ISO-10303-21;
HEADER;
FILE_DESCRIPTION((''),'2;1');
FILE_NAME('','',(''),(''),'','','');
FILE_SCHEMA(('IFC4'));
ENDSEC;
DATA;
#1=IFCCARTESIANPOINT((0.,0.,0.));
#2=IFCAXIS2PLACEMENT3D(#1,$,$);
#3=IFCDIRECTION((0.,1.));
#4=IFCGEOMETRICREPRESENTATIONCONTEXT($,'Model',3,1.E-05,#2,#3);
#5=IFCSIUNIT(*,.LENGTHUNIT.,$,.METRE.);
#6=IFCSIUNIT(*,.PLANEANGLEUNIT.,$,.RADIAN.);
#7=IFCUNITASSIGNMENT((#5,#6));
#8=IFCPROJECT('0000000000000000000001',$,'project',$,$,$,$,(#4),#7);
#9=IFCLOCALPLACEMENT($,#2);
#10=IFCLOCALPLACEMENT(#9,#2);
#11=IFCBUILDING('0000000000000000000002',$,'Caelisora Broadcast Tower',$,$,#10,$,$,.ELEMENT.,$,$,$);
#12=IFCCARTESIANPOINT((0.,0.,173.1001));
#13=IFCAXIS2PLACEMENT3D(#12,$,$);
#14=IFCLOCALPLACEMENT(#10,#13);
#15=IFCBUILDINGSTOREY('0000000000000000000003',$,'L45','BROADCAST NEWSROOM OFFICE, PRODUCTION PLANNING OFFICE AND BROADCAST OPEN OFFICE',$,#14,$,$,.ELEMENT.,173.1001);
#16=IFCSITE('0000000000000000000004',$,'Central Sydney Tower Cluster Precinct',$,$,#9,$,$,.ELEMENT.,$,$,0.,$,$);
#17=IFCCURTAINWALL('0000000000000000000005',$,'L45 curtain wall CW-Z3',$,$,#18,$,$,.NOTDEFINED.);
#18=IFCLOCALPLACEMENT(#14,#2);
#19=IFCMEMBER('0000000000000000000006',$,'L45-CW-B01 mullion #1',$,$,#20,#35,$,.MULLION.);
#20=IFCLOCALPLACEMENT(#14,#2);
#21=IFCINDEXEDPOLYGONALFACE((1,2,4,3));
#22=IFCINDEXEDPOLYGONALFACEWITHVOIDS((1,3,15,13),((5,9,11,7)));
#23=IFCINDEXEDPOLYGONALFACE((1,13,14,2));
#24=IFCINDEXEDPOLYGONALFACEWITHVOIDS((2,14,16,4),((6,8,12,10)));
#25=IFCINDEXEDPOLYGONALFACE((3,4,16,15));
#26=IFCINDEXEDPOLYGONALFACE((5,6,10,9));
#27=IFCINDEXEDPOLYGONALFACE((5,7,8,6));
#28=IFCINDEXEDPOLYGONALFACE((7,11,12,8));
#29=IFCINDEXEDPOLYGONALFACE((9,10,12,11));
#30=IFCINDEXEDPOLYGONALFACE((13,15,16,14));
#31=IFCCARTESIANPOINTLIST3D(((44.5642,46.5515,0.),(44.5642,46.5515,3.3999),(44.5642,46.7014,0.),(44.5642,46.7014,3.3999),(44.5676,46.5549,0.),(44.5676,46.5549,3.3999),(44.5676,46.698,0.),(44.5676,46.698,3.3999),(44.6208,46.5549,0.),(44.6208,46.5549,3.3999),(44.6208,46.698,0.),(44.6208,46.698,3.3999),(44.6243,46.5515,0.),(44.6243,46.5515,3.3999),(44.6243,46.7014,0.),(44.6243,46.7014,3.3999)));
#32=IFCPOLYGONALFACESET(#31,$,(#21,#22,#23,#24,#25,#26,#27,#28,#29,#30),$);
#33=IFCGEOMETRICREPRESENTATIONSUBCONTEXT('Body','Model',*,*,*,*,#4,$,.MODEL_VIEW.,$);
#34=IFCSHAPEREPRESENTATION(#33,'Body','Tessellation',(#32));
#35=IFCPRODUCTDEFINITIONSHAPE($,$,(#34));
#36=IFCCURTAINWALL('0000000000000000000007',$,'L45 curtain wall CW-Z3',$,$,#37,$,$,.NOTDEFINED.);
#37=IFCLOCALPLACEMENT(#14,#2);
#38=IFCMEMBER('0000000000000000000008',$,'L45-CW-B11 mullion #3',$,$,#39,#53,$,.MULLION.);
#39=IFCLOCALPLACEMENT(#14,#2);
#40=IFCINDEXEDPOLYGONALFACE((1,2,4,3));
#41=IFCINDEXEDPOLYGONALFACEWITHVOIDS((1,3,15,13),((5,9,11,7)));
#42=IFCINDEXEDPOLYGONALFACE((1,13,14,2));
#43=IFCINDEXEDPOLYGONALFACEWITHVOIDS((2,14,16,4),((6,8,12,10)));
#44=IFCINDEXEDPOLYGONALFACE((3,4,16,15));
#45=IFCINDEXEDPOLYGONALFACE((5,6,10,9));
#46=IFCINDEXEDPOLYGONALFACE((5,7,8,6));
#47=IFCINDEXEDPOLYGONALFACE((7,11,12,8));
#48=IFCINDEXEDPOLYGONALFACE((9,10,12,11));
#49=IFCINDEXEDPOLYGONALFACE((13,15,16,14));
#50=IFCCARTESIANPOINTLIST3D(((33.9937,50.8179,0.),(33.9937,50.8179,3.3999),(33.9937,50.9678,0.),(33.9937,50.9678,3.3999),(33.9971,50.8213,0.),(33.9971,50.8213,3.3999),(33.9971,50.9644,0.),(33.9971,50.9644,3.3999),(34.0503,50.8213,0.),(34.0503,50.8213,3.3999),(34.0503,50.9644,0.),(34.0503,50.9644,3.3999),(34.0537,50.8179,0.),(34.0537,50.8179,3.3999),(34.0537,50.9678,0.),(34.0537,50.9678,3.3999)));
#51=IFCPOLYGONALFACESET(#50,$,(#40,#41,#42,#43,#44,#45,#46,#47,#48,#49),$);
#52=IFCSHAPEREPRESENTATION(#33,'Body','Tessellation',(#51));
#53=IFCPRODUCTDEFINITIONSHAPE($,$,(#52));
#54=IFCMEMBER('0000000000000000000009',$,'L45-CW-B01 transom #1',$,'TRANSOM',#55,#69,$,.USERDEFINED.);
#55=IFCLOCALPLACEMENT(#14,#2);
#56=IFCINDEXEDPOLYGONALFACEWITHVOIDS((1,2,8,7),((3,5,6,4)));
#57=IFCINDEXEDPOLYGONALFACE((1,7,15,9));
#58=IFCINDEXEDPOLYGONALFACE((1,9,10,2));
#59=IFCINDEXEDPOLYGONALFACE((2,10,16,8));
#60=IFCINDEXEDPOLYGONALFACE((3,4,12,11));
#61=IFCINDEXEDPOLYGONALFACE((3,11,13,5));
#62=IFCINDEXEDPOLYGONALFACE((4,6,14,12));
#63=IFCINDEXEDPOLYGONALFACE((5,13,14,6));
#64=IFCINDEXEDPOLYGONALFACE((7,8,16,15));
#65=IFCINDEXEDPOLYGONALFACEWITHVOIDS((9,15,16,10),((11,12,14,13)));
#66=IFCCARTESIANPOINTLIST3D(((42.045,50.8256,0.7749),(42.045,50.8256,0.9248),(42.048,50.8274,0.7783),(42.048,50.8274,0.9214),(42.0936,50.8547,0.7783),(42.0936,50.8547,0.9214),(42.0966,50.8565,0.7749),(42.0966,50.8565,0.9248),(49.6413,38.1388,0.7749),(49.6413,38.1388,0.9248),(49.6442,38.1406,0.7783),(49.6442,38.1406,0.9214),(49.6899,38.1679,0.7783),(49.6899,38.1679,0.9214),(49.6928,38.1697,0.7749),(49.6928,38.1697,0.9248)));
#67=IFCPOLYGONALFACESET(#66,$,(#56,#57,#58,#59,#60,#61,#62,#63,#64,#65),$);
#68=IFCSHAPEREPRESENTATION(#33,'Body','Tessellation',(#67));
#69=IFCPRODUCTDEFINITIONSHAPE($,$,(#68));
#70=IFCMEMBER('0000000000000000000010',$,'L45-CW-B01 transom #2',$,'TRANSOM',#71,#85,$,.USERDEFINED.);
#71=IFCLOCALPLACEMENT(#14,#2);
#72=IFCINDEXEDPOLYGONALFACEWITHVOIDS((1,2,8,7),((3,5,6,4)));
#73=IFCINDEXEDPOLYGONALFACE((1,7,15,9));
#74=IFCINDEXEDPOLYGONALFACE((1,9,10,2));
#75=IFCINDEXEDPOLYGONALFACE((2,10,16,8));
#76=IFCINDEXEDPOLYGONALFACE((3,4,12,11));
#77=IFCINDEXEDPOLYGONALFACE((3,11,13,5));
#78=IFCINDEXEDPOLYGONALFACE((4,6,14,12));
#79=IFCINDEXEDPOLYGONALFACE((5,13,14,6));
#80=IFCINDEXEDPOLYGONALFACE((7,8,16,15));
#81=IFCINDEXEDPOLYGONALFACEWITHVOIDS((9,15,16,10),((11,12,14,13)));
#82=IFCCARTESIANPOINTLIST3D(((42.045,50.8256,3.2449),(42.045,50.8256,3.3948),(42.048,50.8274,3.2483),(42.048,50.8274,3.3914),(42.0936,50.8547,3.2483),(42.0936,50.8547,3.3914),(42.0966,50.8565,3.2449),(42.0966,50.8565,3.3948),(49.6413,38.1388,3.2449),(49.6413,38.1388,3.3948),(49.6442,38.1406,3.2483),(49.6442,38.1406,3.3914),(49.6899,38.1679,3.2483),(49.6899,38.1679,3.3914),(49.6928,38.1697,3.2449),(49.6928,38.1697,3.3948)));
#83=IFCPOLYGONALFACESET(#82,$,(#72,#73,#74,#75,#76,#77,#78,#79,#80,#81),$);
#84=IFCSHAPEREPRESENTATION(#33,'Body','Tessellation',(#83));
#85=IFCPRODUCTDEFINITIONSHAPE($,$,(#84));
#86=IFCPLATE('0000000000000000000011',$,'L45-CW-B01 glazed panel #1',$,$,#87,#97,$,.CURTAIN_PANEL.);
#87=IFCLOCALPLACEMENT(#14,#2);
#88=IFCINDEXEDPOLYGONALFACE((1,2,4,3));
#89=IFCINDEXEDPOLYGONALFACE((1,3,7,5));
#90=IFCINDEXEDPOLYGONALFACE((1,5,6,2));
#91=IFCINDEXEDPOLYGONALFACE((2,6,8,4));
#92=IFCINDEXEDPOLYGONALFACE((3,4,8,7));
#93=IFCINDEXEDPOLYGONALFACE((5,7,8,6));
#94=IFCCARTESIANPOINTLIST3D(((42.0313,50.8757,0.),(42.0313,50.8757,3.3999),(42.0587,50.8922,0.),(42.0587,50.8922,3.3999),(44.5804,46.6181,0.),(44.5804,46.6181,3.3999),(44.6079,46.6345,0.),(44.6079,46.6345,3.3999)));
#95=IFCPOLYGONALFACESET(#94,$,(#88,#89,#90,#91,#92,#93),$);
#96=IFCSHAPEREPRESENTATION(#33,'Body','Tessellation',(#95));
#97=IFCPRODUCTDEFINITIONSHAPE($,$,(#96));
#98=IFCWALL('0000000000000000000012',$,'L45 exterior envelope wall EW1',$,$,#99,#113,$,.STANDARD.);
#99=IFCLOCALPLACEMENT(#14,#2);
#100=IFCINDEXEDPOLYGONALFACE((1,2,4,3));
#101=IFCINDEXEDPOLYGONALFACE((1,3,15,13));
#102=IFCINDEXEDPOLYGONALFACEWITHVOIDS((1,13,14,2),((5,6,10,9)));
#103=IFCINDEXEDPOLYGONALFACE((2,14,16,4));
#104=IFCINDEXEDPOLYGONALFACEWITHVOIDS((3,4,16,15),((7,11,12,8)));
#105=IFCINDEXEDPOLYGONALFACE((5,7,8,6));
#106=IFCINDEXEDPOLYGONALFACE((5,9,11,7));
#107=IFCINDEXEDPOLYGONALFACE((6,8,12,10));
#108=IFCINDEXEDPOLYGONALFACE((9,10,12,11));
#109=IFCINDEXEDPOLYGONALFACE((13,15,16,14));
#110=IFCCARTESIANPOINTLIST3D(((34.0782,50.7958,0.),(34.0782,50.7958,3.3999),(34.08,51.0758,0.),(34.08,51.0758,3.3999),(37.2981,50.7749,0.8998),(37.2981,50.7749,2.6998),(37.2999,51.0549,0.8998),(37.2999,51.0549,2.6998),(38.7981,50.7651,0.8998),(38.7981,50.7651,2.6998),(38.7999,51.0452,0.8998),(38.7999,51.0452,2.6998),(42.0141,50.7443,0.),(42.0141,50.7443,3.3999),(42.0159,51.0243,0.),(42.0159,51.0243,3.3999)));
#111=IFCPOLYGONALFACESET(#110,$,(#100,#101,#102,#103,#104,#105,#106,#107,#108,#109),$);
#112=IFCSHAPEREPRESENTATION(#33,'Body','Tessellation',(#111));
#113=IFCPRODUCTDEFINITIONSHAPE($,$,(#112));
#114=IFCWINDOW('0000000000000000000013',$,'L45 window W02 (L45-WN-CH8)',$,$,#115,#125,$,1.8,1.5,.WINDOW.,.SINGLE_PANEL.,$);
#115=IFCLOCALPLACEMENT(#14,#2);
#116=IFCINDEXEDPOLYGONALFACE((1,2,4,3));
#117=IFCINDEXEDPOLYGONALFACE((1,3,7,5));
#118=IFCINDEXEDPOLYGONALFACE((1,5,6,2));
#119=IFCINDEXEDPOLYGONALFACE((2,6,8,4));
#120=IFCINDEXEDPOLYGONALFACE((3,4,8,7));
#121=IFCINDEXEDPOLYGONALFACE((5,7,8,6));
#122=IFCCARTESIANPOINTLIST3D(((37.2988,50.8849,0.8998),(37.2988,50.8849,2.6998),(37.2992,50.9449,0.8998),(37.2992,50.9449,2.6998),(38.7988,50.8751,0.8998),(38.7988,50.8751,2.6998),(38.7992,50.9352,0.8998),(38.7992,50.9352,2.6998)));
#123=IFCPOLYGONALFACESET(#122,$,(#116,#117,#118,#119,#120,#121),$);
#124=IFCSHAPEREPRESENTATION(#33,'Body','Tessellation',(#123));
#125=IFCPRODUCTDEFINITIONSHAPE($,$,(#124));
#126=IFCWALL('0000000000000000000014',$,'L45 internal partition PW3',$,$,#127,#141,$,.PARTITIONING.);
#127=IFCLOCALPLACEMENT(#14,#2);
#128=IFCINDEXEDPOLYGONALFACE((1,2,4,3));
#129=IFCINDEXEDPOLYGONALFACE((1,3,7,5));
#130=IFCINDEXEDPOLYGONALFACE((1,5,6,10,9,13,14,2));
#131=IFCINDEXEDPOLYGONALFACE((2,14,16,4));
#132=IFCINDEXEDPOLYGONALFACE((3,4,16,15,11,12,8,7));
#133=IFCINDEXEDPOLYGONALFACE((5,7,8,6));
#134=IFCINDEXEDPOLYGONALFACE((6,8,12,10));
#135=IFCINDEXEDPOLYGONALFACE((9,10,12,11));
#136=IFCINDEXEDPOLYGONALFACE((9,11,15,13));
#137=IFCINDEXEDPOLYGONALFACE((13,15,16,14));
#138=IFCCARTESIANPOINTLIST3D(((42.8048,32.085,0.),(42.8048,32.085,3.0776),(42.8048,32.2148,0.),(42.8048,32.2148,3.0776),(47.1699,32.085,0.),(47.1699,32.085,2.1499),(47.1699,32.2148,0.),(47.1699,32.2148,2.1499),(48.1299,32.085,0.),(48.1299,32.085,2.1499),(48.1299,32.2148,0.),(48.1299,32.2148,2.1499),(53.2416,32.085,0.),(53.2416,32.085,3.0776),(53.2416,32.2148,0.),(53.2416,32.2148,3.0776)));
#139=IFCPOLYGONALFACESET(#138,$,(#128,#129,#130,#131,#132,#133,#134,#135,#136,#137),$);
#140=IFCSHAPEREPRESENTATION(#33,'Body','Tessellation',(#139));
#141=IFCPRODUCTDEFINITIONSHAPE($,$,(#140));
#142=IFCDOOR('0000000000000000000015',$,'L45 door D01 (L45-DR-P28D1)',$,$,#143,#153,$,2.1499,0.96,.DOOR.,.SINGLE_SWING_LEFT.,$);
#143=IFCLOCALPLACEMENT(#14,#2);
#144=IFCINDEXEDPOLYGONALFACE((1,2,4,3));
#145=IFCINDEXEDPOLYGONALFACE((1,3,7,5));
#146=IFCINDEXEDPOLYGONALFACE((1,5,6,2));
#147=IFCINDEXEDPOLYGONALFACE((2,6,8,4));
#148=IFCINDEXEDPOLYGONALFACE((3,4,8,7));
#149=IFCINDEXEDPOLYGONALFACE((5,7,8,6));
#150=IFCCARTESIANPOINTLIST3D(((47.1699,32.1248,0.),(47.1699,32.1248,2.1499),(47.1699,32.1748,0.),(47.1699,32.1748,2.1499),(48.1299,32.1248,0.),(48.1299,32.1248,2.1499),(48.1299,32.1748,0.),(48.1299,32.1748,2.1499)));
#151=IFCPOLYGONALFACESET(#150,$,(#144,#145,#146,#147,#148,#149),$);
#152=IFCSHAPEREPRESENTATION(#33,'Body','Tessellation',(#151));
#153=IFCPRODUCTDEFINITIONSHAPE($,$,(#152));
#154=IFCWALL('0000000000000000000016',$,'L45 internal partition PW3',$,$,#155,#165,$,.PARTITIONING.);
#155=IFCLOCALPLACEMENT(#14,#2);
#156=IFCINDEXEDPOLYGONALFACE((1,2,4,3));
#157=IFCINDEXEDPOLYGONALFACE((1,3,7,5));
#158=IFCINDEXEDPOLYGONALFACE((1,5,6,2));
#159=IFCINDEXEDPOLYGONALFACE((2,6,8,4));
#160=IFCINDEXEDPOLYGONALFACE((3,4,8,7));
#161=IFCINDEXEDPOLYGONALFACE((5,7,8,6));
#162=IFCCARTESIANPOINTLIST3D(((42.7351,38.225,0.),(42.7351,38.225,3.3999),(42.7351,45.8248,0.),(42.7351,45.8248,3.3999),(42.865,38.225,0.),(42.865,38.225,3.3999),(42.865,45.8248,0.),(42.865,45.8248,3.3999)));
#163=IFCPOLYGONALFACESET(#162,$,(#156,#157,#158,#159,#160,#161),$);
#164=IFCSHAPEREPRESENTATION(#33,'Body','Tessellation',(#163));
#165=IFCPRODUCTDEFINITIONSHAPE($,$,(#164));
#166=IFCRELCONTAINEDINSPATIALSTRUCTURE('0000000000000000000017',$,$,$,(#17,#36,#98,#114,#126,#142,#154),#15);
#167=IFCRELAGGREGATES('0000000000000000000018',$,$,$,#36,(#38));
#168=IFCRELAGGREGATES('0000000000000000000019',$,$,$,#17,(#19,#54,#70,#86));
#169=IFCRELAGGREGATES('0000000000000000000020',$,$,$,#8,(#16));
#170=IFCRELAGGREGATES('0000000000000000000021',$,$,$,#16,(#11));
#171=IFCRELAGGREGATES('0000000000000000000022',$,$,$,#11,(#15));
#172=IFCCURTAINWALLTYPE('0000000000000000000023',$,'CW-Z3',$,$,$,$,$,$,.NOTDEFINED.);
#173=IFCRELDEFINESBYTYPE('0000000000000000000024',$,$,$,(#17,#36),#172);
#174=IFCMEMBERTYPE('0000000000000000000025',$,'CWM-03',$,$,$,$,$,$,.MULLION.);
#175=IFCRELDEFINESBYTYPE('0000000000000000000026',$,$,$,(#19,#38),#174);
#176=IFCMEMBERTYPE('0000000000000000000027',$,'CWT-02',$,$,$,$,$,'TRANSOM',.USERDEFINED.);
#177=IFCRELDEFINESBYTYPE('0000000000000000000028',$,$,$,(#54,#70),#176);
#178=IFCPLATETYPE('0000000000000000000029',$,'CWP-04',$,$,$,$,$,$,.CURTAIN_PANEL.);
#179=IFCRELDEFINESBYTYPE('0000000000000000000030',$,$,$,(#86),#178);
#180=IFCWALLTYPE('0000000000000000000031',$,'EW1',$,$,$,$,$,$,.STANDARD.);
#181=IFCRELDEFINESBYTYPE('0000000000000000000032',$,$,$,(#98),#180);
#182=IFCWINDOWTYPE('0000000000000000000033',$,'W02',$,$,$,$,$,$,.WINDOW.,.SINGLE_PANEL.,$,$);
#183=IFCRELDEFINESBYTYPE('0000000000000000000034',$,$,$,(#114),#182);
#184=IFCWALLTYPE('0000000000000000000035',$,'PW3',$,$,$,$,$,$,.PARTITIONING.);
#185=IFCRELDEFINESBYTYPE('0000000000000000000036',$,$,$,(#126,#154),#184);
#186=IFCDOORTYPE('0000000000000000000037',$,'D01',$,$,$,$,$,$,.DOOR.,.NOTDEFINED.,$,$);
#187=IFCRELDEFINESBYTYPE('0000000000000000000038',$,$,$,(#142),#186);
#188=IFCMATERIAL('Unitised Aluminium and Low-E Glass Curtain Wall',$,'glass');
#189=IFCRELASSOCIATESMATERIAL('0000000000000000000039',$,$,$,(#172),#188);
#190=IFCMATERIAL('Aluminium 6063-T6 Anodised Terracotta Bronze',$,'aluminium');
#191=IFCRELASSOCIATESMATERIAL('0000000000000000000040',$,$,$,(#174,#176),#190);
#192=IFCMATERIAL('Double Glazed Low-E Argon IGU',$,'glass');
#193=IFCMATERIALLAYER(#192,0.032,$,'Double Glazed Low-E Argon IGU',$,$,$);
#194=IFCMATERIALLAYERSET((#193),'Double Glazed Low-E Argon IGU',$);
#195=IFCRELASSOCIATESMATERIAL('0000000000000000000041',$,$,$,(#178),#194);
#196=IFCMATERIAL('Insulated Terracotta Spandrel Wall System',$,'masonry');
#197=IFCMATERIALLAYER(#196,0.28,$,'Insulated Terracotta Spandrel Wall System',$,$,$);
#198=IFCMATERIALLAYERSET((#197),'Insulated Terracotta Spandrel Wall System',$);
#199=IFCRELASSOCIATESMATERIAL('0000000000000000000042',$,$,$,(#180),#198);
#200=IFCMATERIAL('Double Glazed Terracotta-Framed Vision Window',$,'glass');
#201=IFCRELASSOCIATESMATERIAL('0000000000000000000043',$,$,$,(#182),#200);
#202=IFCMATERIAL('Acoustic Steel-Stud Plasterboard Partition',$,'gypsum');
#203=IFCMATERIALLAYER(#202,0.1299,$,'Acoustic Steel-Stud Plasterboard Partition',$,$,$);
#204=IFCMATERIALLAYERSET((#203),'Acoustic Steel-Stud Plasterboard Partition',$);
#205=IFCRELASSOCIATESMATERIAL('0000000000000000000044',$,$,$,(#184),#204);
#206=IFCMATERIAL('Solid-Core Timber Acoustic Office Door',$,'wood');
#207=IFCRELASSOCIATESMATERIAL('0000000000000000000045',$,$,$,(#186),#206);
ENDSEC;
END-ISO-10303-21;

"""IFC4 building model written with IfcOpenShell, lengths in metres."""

from ifc_helpers import new_model, si_unit, direction, frame, frame_2d, origin, origin_2d, place, context, subcontext, project, spatial, rectangle, hollow_rectangle, extrude, source, transform, mapped, material, layer, layer_set, material_profile, profile_set, type_object, type_shapes, element, fill, aggregate, save


model = new_model("IFC4")

# Units and contexts
model_context = context("Model", 3, precision=1e-05, world=origin(), true_north=direction((0.0, 1.0)))
body_context = subcontext(model_context, "Body", "Model", "MODEL_VIEW")
ifc_project = project(units=[si_unit("LENGTHUNIT", "METRE"), si_unit("PLANEANGLEUNIT", "RADIAN")], contexts=[model_context])

# Site, building, storey
site_placement = place(None, origin())
site = spatial("IfcSite", under=ifc_project, at=site_placement, Name="Central Sydney Tower Cluster Precinct", CompositionType="ELEMENT", RefElevation=0.0)
building_placement = place(site_placement, origin())
building = spatial("IfcBuilding", under=site, at=building_placement, Name="Caelisora Broadcast Tower", CompositionType="ELEMENT")
storey_placement = place(building_placement, frame((0.0, 0.0, 173.1001)))
storey = spatial("IfcBuildingStorey", under=building, at=storey_placement, Name="L45", Description="BROADCAST NEWSROOM OFFICE, PRODUCTION PLANNING OFFICE AND BROADCAST OPEN OFFICE", CompositionType="ELEMENT", Elevation=173.1001)

# Curtain wall, member
ifc_material_1 = material(Name="Unitised Aluminium and Low-E Glass Curtain Wall", Category="glass")
curtain_wall_type = type_object("IfcCurtainWallType", Name="CW-Z3", PredefinedType="NOTDEFINED", material=ifc_material_1)
curtain_wall_1_placement = place(storey_placement, origin())
curtain_wall_1 = element("IfcCurtainWall", 1, at=curtain_wall_1_placement, inside=storey, type_object=curtain_wall_type, Name="L45 curtain wall CW-Z3", PredefinedType="NOTDEFINED")
ifc_material_2 = material(Name="Aluminium 6063-T6 Anodised Terracotta Bronze", Category="aluminium")
ifc_material_profile_1 = material_profile(ifc_material_2, hollow_rectangle(XDim=0.0601, YDim=0.1499, WallThickness=0.0034, at=origin_2d()), Name="Aluminium 6063-T6 Anodised Terracotta Bronze")
ifc_profile_set_1 = profile_set([ifc_material_profile_1], Name="Aluminium 6063-T6 Anodised Terracotta Bronze")
member_type_1 = type_object("IfcMemberType", Name="CWM-03", PredefinedType="MULLION", material=ifc_profile_set_1)
shared_shape_1 = source(origin(), body_context, "Body", "SweptSolid", [
    extrude(hollow_rectangle(XDim=0.0601, YDim=0.1499, WallThickness=0.0034, at=origin_2d()), origin(), (0.0, 0.0, 1.0), 3.3999),
])
type_shapes(member_type_1, [shared_shape_1])
member_1_placement = place(storey_placement, frame((44.5942, 46.6265, 0.0), z_axis=(0.0, 0.0, 1.0), x_axis=(1.0, 0.0, 0.0)))
member_1 = element("IfcMember", 2, at=member_1_placement, type_object=member_type_1, Name="L45-CW-B01 mullion #1", PredefinedType="MULLION", context=body_context, shape_type="MappedRepresentation", body=[
    mapped(shared_shape_1, transform((0.0, 0.0, 0.0), scale=1.0)),
])

# Curtain wall, member
curtain_wall_2_placement = place(storey_placement, origin())
curtain_wall_2 = element("IfcCurtainWall", 3, at=curtain_wall_2_placement, inside=storey, type_object=curtain_wall_type, Name="L45 curtain wall CW-Z3", PredefinedType="NOTDEFINED")
member_2_placement = place(storey_placement, frame((34.0237, 50.8928, 0.0), z_axis=(0.0, 0.0, 1.0), x_axis=(1.0, 0.0, 0.0)))
member_2 = element("IfcMember", 4, at=member_2_placement, type_object=member_type_1, Name="L45-CW-B11 mullion #3", PredefinedType="MULLION", context=body_context, shape_type="MappedRepresentation", body=[
    mapped(shared_shape_1, transform((0.0, 0.0, 0.0), scale=1.0)),
])
aggregate(curtain_wall_2, [member_2])

# Members
ifc_material_profile_2 = material_profile(ifc_material_2, hollow_rectangle(XDim=0.0601, YDim=0.1499, WallThickness=0.0034, at=origin_2d()), Name="Aluminium 6063-T6 Anodised Terracotta Bronze")
ifc_profile_set_2 = profile_set([ifc_material_profile_2], Name="Aluminium 6063-T6 Anodised Terracotta Bronze")
member_type_2 = type_object("IfcMemberType", Name="CWT-02", ElementType="TRANSOM", PredefinedType="USERDEFINED", material=ifc_profile_set_2)
shared_shape_2 = source(origin(), body_context, "Body", "SweptSolid", [
    extrude(hollow_rectangle(XDim=0.0601, YDim=0.1499, WallThickness=0.0034, at=origin_2d()), origin(), (0.0, 0.0, 1.0), 14.7871),
])
type_shapes(member_type_2, [shared_shape_2])
member_3_placement = place(storey_placement, frame((42.0708, 50.8411, 0.8499), z_axis=(0.513706, -0.857966, 0.0), x_axis=(0.857966, 0.513706, 0.0)))
member_3 = element("IfcMember", 5, at=member_3_placement, type_object=member_type_2, Name="L45-CW-B01 transom #1", ObjectType="TRANSOM", PredefinedType="USERDEFINED", context=body_context, shape_type="MappedRepresentation", body=[
    mapped(shared_shape_2, transform((0.0, 0.0, 0.0), scale=1.0)),
])
member_4_placement = place(storey_placement, frame((42.0708, 50.8411, 3.3198), z_axis=(0.513706, -0.857966, 0.0), x_axis=(0.857966, 0.513706, 0.0)))
member_4 = element("IfcMember", 6, at=member_4_placement, type_object=member_type_2, Name="L45-CW-B01 transom #2", ObjectType="TRANSOM", PredefinedType="USERDEFINED", context=body_context, shape_type="MappedRepresentation", body=[
    mapped(shared_shape_2, transform((0.0, 0.0, 0.0), scale=1.0)),
])

# Plate
ifc_material_3 = material(Name="Double Glazed Low-E Argon IGU", Category="glass")
ifc_layer_1 = layer(ifc_material_3, 0.032, Name="Double Glazed Low-E Argon IGU")
ifc_layer_set_1 = layer_set([ifc_layer_1], Name="Double Glazed Low-E Argon IGU")
plate_type = type_object("IfcPlateType", Name="CWP-04", PredefinedType="CURTAIN_PANEL", material=ifc_layer_set_1)
shared_shape_3 = source(origin(), body_context, "Body", "SweptSolid", [
    extrude(rectangle(XDim=4.9624, YDim=0.032, at=origin_2d()), origin(), (0.0, 0.0, 1.0), 3.3999),
])
type_shapes(plate_type, [shared_shape_3])
plate_placement = place(storey_placement, frame((43.3196, 48.7551, 0.0), z_axis=(0.0, 0.0, 1.0), x_axis=(0.513691, -0.857975, 0.0)))
plate = element("IfcPlate", 7, at=plate_placement, type_object=plate_type, Name="L45-CW-B01 glazed panel #1", PredefinedType="CURTAIN_PANEL", context=body_context, shape_type="MappedRepresentation", body=[
    mapped(shared_shape_3, transform((0.0, 0.0, 0.0), scale=1.0)),
])
aggregate(curtain_wall_1, [member_1, member_3, member_4, plate])

# Wall, opening, window
ifc_material_4 = material(Name="Insulated Terracotta Spandrel Wall System", Category="masonry")
ifc_layer_2 = layer(ifc_material_4, 0.28, Name="Insulated Terracotta Spandrel Wall System")
ifc_layer_set_2 = layer_set([ifc_layer_2], Name="Insulated Terracotta Spandrel Wall System")
wall_type_1 = type_object("IfcWallType", Name="EW1", PredefinedType="STANDARD", material=ifc_layer_set_2)
wall_1_placement = place(storey_placement, frame((34.0791, 50.9358, 0.0), z_axis=(0.0, 0.0, 1.0), x_axis=(0.999979, -0.006491, 0.0)))
wall_1 = element("IfcWall", 8, at=wall_1_placement, inside=storey, type_object=wall_type_1, Name="L45 exterior envelope wall EW1", PredefinedType="STANDARD", context=body_context, shape_type="SweptSolid", body=[
    extrude(rectangle(XDim=7.936, YDim=0.28, at=frame_2d((3.968, 0.0))), origin(), (0.0, 0.0, 1.0), 3.3999),
])
opening_1_placement = place(wall_1_placement, frame((3.22, 0.0, 0.8999)))
opening_1 = element("IfcOpeningElement", 9, at=opening_1_placement, cuts=wall_1, PredefinedType="OPENING", context=body_context, shape_type="SweptSolid", body=[
    extrude(rectangle(XDim=1.5, YDim=1.8, at=frame_2d((0.75, 0.8999))), frame((0.0, 0.1521, 0.0), z_axis=(0.0, -1.0, 0.0), x_axis=(1.0, 0.0, 0.0)), (0.0, 0.0, 1.0), 0.304),
])
ifc_material_5 = material(Name="Double Glazed Terracotta-Framed Vision Window", Category="glass")
window_type = type_object("IfcWindowType", Name="W02", PartitioningType="SINGLE_PANEL", PredefinedType="WINDOW", material=ifc_material_5)
window_placement = place(opening_1_placement, origin())
window = element("IfcWindow", 10, at=window_placement, inside=storey, type_object=window_type, Name="L45 window W02 (L45-WN-CH8)", OverallHeight=1.8, OverallWidth=1.5, PartitioningType="SINGLE_PANEL", PredefinedType="WINDOW", context=body_context, shape_type="SweptSolid", body=[
    extrude(rectangle(XDim=1.5, YDim=1.8, at=frame_2d((0.75, 0.8999))), frame((0.0, 0.03, 0.0), z_axis=(0.0, -1.0, 0.0), x_axis=(1.0, 0.0, 0.0)), (0.0, 0.0, 1.0), 0.0601),
])
fill(opening_1, window)

# Wall, opening, door
ifc_material_6 = material(Name="Acoustic Steel-Stud Plasterboard Partition", Category="gypsum")
ifc_layer_3 = layer(ifc_material_6, 0.1299, Name="Acoustic Steel-Stud Plasterboard Partition")
ifc_layer_set_3 = layer_set([ifc_layer_3], Name="Acoustic Steel-Stud Plasterboard Partition")
wall_type_2 = type_object("IfcWallType", Name="PW3", PredefinedType="PARTITIONING", material=ifc_layer_set_3)
wall_2_placement = place(storey_placement, frame((42.8049, 32.1499, 0.0), z_axis=(0.0, 0.0, 1.0), x_axis=(1.0, 0.0, 0.0)))
wall_2 = element("IfcWall", 11, at=wall_2_placement, inside=storey, type_object=wall_type_2, Name="L45 internal partition PW3", PredefinedType="PARTITIONING", context=body_context, shape_type="SweptSolid", body=[
    extrude(rectangle(XDim=10.4368, YDim=0.1299, at=frame_2d((5.2183, 0.0))), origin(), (0.0, 0.0, 1.0), 3.0776),
])
opening_2_placement = place(wall_2_placement, frame((4.365, 0.0, 0.0)))
opening_2 = element("IfcOpeningElement", 12, at=opening_2_placement, cuts=wall_2, PredefinedType="OPENING", context=body_context, shape_type="SweptSolid", body=[
    extrude(rectangle(XDim=0.96, YDim=2.1499, at=frame_2d((0.48, 1.075))), frame((0.0, 0.0769, 0.0), z_axis=(0.0, -1.0, 0.0), x_axis=(1.0, 0.0, 0.0)), (0.0, 0.0, 1.0), 0.1538),
])
ifc_material_7 = material(Name="Solid-Core Timber Acoustic Office Door", Category="wood")
door_type_1 = type_object("IfcDoorType", Name="D01", OperationType="NOTDEFINED", PredefinedType="DOOR", material=ifc_material_7)
door_1_placement = place(opening_2_placement, origin())
door_1 = element("IfcDoor", 13, at=door_1_placement, inside=storey, type_object=door_type_1, Name="L45 door D01 (L45-DR-P28D1)", OperationType="SINGLE_SWING_LEFT", OverallHeight=2.1499, OverallWidth=0.96, PredefinedType="DOOR", context=body_context, shape_type="SweptSolid", body=[
    extrude(rectangle(XDim=0.96, YDim=2.1499, at=frame_2d((0.48, 1.075))), frame((0.0, 0.0249, 0.0), z_axis=(0.0, -1.0, 0.0), x_axis=(1.0, 0.0, 0.0)), (0.0, 0.0, 1.0), 0.05),
])
fill(opening_2, door_1)

# Wall
wall_3_placement = place(storey_placement, frame((42.8, 38.2251, 0.0), z_axis=(0.0, 0.0, 1.0), x_axis=(0.0, 1.0, 0.0)))
element("IfcWall", 14, at=wall_3_placement, inside=storey, type_object=wall_type_2, Name="L45 internal partition PW3", PredefinedType="PARTITIONING", context=body_context, shape_type="SweptSolid", body=[
    extrude(rectangle(XDim=7.5999, YDim=0.1299, at=frame_2d((3.7998, 0.0))), origin(), (0.0, 0.0, 1.0), 3.3999),
])

save(model, "model.ifc")
